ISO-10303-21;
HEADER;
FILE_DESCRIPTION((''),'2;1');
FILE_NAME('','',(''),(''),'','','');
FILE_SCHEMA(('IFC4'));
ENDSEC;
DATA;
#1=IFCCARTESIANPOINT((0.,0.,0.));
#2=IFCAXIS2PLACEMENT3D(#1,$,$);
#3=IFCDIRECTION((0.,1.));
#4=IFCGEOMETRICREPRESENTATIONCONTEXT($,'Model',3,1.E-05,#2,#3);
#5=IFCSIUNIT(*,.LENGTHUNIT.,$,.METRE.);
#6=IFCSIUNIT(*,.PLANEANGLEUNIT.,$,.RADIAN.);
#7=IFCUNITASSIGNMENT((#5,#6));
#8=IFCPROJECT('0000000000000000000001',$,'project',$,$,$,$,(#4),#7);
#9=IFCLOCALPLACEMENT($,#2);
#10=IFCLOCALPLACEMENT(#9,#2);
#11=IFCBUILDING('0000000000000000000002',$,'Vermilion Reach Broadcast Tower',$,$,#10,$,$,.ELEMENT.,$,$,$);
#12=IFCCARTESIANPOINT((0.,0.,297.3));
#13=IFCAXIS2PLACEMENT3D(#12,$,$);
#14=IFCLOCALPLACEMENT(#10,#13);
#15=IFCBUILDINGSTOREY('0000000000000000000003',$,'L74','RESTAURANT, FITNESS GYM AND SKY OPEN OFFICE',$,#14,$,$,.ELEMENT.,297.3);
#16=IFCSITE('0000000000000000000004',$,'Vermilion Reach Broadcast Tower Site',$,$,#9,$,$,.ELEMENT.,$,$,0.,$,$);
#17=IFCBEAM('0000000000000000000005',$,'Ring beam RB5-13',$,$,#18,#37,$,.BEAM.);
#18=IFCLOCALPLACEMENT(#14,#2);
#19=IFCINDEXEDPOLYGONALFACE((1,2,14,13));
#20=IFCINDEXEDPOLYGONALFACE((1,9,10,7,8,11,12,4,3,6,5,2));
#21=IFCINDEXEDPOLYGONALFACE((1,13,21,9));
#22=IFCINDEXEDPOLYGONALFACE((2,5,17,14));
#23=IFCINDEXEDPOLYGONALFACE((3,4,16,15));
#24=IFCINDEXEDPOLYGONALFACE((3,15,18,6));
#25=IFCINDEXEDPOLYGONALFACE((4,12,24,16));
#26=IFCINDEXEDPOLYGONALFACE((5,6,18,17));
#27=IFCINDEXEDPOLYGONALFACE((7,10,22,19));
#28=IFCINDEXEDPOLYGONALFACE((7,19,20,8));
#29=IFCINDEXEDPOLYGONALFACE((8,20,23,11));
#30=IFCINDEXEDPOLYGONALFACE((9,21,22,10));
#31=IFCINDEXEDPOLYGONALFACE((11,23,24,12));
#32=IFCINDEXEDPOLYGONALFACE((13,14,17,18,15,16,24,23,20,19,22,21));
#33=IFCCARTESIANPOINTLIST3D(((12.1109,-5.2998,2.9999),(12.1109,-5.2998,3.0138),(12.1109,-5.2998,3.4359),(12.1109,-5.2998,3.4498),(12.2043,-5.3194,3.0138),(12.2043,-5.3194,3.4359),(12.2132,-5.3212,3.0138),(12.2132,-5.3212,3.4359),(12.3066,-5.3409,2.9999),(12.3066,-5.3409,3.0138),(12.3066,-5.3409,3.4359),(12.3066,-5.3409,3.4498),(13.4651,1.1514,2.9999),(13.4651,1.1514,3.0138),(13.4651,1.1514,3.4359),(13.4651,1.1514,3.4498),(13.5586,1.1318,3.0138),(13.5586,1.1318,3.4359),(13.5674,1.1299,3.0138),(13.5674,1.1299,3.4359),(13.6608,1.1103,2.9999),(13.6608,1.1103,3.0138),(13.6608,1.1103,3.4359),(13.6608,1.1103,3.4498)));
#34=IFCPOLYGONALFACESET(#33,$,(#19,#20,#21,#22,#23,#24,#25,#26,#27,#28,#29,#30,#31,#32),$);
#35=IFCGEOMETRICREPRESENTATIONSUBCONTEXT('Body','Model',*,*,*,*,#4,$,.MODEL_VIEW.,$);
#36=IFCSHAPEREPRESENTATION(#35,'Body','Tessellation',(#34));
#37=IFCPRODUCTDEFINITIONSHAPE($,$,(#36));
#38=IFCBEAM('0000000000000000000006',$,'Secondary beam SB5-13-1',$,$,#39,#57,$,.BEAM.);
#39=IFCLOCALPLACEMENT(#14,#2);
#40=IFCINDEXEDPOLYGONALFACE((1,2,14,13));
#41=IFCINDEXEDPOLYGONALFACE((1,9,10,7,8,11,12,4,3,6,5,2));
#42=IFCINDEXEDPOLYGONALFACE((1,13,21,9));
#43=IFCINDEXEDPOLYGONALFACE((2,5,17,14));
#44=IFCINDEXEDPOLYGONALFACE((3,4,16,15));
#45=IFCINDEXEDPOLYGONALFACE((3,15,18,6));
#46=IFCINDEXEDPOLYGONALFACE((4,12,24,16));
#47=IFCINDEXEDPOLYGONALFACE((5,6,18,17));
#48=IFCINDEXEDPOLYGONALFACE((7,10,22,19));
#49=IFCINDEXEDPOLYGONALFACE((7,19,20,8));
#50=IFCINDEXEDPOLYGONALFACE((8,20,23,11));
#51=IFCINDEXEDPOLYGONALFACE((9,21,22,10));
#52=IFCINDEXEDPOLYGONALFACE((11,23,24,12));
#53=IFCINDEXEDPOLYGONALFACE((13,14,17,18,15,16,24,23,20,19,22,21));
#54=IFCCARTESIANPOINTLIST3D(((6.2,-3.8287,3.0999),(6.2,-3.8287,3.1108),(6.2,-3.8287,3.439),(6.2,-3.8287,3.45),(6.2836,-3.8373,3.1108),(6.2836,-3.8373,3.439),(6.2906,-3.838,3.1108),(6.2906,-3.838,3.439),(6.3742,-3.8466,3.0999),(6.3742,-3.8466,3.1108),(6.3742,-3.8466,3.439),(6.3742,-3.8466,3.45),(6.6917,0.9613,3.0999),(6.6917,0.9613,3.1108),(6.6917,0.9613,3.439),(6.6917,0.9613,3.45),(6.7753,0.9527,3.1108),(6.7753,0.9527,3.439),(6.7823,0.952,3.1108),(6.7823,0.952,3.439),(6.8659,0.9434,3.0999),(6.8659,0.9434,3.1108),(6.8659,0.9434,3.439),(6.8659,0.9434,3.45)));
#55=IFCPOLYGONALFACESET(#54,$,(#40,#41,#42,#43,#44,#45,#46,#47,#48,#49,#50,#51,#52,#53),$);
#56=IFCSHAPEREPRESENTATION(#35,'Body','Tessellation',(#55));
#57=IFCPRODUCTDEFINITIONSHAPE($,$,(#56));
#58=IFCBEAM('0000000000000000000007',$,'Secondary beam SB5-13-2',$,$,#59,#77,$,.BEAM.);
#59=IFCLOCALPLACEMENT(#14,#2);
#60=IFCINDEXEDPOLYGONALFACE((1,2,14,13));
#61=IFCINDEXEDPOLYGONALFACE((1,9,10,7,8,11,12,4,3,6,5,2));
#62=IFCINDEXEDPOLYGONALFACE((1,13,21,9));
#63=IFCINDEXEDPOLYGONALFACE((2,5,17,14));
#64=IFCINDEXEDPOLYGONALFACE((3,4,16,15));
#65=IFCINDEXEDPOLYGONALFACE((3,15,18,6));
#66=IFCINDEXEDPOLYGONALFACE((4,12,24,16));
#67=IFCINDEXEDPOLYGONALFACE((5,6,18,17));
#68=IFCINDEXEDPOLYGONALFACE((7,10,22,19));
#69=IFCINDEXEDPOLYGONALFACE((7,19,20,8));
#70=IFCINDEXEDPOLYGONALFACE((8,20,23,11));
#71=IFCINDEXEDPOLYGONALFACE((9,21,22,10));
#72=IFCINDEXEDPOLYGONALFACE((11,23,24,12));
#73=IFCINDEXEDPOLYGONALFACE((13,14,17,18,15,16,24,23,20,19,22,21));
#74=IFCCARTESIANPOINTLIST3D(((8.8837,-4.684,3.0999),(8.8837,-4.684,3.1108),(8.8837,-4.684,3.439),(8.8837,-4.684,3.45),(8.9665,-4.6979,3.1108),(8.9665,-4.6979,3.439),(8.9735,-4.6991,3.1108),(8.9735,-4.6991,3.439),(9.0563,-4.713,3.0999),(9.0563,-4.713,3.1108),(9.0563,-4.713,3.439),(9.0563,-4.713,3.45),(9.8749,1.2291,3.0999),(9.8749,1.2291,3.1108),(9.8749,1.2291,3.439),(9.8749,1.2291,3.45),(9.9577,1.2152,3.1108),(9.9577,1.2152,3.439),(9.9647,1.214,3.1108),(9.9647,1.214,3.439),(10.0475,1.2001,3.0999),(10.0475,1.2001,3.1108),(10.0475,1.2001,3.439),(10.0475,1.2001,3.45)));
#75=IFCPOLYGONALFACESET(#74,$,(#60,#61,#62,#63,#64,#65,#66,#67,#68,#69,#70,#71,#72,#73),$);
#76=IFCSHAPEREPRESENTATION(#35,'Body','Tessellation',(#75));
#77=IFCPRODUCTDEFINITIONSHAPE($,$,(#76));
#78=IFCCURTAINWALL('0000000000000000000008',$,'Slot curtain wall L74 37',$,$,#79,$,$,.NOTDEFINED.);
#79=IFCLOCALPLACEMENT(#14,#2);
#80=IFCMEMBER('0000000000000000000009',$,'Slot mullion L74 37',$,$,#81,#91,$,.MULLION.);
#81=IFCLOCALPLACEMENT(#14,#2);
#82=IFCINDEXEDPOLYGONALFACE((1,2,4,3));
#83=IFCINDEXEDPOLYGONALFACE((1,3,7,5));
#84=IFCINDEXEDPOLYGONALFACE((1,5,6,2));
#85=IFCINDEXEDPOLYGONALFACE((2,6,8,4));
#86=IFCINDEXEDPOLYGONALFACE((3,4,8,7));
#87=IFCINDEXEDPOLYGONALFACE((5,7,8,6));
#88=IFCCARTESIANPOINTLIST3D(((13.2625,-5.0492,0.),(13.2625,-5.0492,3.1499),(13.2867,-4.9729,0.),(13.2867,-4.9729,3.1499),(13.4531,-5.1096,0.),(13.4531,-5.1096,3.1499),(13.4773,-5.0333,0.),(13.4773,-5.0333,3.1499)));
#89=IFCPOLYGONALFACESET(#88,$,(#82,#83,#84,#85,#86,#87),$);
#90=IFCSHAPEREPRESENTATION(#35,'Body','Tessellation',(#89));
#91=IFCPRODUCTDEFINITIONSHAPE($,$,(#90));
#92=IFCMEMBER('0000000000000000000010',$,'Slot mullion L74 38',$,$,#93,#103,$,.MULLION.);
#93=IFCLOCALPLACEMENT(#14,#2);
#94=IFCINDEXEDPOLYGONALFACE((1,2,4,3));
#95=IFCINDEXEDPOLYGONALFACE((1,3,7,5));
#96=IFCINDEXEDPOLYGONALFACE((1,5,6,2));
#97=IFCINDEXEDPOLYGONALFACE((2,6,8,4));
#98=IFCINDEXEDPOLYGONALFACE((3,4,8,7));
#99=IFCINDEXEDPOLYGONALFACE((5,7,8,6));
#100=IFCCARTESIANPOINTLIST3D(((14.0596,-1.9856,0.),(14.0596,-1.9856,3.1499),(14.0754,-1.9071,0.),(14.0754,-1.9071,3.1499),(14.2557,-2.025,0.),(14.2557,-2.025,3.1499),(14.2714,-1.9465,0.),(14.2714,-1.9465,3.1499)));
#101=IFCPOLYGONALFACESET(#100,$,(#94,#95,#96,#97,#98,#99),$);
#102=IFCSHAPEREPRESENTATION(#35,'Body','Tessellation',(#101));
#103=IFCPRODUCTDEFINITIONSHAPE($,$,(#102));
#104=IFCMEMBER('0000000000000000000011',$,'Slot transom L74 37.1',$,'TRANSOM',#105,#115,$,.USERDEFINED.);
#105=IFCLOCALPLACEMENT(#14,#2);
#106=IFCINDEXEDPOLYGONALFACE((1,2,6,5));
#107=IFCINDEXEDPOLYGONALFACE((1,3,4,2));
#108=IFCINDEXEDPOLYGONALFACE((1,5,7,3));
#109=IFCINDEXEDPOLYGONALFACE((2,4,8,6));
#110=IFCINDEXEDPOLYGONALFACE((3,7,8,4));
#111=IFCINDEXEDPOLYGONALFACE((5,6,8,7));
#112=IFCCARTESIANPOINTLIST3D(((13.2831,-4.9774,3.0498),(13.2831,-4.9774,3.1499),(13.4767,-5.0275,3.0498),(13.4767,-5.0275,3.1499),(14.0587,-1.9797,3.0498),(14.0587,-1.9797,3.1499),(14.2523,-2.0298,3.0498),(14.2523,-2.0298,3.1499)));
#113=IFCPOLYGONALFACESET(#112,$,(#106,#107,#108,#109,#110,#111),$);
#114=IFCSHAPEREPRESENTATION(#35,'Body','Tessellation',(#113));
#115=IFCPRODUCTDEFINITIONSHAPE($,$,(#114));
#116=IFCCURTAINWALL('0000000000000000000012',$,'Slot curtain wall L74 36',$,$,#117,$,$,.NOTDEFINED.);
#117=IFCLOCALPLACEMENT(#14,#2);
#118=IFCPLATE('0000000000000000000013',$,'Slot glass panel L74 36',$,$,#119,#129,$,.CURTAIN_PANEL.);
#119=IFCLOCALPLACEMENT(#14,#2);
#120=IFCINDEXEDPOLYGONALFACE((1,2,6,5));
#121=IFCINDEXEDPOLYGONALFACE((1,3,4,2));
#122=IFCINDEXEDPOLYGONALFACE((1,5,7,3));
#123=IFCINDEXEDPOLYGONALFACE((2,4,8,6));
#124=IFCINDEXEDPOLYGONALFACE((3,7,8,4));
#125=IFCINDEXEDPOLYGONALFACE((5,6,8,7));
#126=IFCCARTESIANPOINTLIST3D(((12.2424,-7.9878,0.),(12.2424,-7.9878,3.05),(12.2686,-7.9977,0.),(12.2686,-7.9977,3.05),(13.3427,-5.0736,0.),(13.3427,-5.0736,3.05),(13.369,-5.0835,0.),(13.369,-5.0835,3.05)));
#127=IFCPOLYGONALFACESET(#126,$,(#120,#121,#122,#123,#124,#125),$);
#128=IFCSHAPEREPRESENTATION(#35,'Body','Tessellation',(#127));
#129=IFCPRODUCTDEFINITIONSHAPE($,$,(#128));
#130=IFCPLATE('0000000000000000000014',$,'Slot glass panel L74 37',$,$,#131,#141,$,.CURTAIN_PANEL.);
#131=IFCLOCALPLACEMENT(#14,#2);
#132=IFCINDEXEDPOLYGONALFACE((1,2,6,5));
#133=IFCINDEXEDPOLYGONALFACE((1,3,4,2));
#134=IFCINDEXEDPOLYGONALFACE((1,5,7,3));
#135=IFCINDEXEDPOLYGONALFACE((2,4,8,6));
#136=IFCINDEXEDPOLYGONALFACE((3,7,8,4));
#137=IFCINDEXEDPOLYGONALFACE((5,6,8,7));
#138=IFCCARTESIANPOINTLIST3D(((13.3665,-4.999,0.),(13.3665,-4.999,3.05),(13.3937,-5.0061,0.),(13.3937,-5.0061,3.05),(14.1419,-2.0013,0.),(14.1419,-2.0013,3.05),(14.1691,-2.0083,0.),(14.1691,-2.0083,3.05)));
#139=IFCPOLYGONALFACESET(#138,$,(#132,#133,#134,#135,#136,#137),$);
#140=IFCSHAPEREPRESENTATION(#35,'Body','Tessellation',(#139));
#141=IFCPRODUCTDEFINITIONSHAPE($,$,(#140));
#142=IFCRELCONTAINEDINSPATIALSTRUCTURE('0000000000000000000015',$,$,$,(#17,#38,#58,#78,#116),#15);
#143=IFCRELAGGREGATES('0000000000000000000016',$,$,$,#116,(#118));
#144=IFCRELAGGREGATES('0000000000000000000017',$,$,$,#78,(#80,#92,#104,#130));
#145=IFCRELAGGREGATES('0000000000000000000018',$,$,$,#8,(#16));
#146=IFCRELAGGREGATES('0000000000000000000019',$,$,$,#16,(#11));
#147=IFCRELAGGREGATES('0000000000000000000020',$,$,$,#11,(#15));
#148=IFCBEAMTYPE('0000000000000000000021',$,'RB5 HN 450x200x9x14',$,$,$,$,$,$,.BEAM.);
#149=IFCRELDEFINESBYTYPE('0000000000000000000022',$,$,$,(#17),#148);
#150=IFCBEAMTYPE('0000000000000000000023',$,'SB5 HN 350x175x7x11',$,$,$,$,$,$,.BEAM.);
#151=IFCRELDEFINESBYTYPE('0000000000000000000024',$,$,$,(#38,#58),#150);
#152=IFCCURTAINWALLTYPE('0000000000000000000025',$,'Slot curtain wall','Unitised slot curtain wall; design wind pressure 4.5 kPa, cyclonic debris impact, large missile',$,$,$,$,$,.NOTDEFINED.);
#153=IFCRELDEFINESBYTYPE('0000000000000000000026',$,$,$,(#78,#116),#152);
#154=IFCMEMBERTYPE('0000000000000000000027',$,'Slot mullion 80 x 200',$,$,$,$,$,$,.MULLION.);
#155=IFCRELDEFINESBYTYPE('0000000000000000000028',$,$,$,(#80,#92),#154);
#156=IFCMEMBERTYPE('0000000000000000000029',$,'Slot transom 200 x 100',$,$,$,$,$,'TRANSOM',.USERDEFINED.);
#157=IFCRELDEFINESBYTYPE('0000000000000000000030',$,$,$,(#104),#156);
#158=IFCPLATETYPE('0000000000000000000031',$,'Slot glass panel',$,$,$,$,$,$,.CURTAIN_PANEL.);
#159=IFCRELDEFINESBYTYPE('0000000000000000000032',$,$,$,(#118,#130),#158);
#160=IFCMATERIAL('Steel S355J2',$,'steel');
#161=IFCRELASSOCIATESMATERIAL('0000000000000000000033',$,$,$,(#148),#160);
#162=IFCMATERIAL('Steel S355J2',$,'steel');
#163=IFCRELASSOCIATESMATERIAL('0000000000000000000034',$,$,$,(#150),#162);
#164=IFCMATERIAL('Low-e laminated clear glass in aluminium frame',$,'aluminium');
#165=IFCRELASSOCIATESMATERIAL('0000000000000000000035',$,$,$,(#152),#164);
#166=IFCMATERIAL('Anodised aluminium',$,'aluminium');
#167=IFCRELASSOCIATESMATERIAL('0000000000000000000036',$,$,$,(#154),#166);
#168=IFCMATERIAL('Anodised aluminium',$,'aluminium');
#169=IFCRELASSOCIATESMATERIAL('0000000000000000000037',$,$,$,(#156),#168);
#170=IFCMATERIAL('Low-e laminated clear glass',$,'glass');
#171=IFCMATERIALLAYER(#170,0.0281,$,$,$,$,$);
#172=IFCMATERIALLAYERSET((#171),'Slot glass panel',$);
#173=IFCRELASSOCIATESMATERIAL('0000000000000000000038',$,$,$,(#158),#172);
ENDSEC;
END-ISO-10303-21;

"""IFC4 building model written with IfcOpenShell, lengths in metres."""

from ifc_helpers import new_model, si_unit, direction, frame, origin, origin_2d, place, context, subcontext, project, spatial, rectangle, i_section, extrude, material, layer, layer_set, material_profile, profile_set, type_object, element, aggregate, save


model = new_model("IFC4")

# Units and contexts
model_context = context("Model", 3, precision=1e-05, world=origin(), true_north=direction((0.0, 1.0)))
body_context = subcontext(model_context, "Body", "Model", "MODEL_VIEW")
ifc_project = project(units=[si_unit("LENGTHUNIT", "METRE"), si_unit("PLANEANGLEUNIT", "RADIAN")], contexts=[model_context])

# Site, building, storey
site_placement = place(None, origin())
site = spatial("IfcSite", under=ifc_project, at=site_placement, Name="Vermilion Reach Broadcast Tower Site", CompositionType="ELEMENT", RefElevation=0.0)
building_placement = place(site_placement, origin())
building = spatial("IfcBuilding", under=site, at=building_placement, Name="Vermilion Reach Broadcast Tower", CompositionType="ELEMENT")
storey_placement = place(building_placement, frame((0.0, 0.0, 297.3)))
storey = spatial("IfcBuildingStorey", under=building, at=storey_placement, Name="L74", Description="RESTAURANT, FITNESS GYM AND SKY OPEN OFFICE", CompositionType="ELEMENT", Elevation=297.3)

# Beams
ifc_material_1 = material(Name="Steel S355J2", Category="steel")
ifc_material_profile_1 = material_profile(ifc_material_1, i_section(OverallWidth=0.2, OverallDepth=0.45, WebThickness=0.009, FlangeThickness=0.0139, at=origin_2d()), Name="S355J2 HN 450x200x9x14")
ifc_profile_set_1 = profile_set([ifc_material_profile_1], Name="Steel S355J2")
beam_type_1 = type_object("IfcBeamType", Name="RB5 HN 450x200x9x14", PredefinedType="BEAM", material=ifc_profile_set_1)
beam_1_placement = place(storey_placement, frame((12.2087, -5.3203, 3.2249), z_axis=(0.205445, 0.978669, 0.0), x_axis=(-0.978669, 0.205445, 0.0)))
element("IfcBeam", 1, at=beam_1_placement, inside=storey, type_object=beam_type_1, Name="Ring beam RB5-13", PredefinedType="BEAM", context=body_context, shape_type="SweptSolid", body=[
    extrude(i_section(OverallWidth=0.2, OverallDepth=0.45, WebThickness=0.009, FlangeThickness=0.0139, at=origin_2d()), origin(), (0.0, 0.0, 1.0), 6.5918),
])
ifc_material_2 = material(Name="Steel S355J2", Category="steel")
ifc_material_profile_2 = material_profile(ifc_material_2, i_section(OverallWidth=0.175, OverallDepth=0.3501, WebThickness=0.0071, FlangeThickness=0.011, at=origin_2d()), Name="S355J2 HN 350x175x7x11")
ifc_profile_set_2 = profile_set([ifc_material_profile_2], Name="Steel S355J2")
beam_type_2 = type_object("IfcBeamType", Name="SB5 HN 350x175x7x11", PredefinedType="BEAM", material=ifc_profile_set_2)
beam_2_placement = place(storey_placement, frame((6.2871, -3.8376, 3.2749), z_axis=(0.102114, 0.994773, 0.0), x_axis=(-0.994773, 0.102114, 0.0)))
element("IfcBeam", 2, at=beam_2_placement, inside=storey, type_object=beam_type_2, Name="Secondary beam SB5-13-1", PredefinedType="BEAM", context=body_context, shape_type="SweptSolid", body=[
    extrude(i_section(OverallWidth=0.175, OverallDepth=0.3501, WebThickness=0.0071, FlangeThickness=0.011, at=origin_2d()), origin(), (0.0, 0.0, 1.0), 4.8152),
])
beam_3_placement = place(storey_placement, frame((8.97, -4.6985, 3.2749), z_axis=(0.165323, 0.986239, 0.0), x_axis=(-0.986239, 0.165323, 0.0)))
element("IfcBeam", 3, at=beam_3_placement, inside=storey, type_object=beam_type_2, Name="Secondary beam SB5-13-2", PredefinedType="BEAM", context=body_context, shape_type="SweptSolid", body=[
    extrude(i_section(OverallWidth=0.175, OverallDepth=0.3501, WebThickness=0.0071, FlangeThickness=0.011, at=origin_2d()), origin(), (0.0, 0.0, 1.0), 5.9956),
])

# Curtain wall, members
ifc_material_3 = material(Name="Low-e laminated clear glass in aluminium frame", Category="aluminium")
curtain_wall_type = type_object("IfcCurtainWallType", Name="Slot curtain wall", Description="Unitised slot curtain wall; design wind pressure 4.5 kPa, cyclonic debris impact, large missile", PredefinedType="NOTDEFINED", material=ifc_material_3)
placement = place(storey_placement, origin())
curtain_wall_1 = element("IfcCurtainWall", 4, at=placement, inside=storey, type_object=curtain_wall_type, Name="Slot curtain wall L74 37", PredefinedType="NOTDEFINED")
ifc_material_4 = material(Name="Anodised aluminium", Category="aluminium")
ifc_material_profile_3 = material_profile(ifc_material_4, rectangle(XDim=0.2, YDim=0.0801, at=origin_2d()), Name="Slot mullion 80 x 200")
ifc_profile_set_3 = profile_set([ifc_material_profile_3], Name="Anodised aluminium")
member_type_1 = type_object("IfcMemberType", Name="Slot mullion 80 x 200", PredefinedType="MULLION", material=ifc_profile_set_3)
member_1_placement = place(storey_placement, frame((13.3699, -5.0413, 0.0), z_axis=(0.0, 0.0, 1.0), x_axis=(-0.953222, 0.302271, 0.0)))
member_1 = element("IfcMember", 5, at=member_1_placement, type_object=member_type_1, Name="Slot mullion L74 37", PredefinedType="MULLION", context=body_context, shape_type="SweptSolid", body=[
    extrude(rectangle(XDim=0.2, YDim=0.0801, at=origin_2d()), origin(), (0.0, 0.0, 1.0), 3.1499),
])
member_2_placement = place(storey_placement, frame((14.1655, -1.9661, 0.0), z_axis=(0.0, 0.0, 1.0), x_axis=(-0.980412, 0.196956, 0.0)))
member_2 = element("IfcMember", 6, at=member_2_placement, type_object=member_type_1, Name="Slot mullion L74 38", PredefinedType="MULLION", context=body_context, shape_type="SweptSolid", body=[
    extrude(rectangle(XDim=0.2, YDim=0.0801, at=origin_2d()), origin(), (0.0, 0.0, 1.0), 3.1499),
])
ifc_material_5 = material(Name="Anodised aluminium", Category="aluminium")
ifc_material_profile_4 = material_profile(ifc_material_5, rectangle(XDim=0.2, YDim=0.1001, at=origin_2d()), Name="Slot transom 200 x 100")
ifc_profile_set_4 = profile_set([ifc_material_profile_4], Name="Anodised aluminium")
member_type_2 = type_object("IfcMemberType", Name="Slot transom 200 x 100", ElementType="TRANSOM", PredefinedType="USERDEFINED", material=ifc_profile_set_4)
member_3_placement = place(storey_placement, frame((13.3799, -5.0024, 3.0999), z_axis=(0.250486, 0.96812, 0.0), x_axis=(-0.96812, 0.250486, 0.0)))
member_3 = element("IfcMember", 7, at=member_3_placement, type_object=member_type_2, Name="Slot transom L74 37.1", ObjectType="TRANSOM", PredefinedType="USERDEFINED", context=body_context, shape_type="SweptSolid", body=[
    extrude(rectangle(XDim=0.2, YDim=0.1001, at=origin_2d()), origin(), (0.0, 0.0, 1.0), 3.0964),
])

# Curtain wall, plate
curtain_wall_2 = element("IfcCurtainWall", 8, at=placement, inside=storey, type_object=curtain_wall_type, Name="Slot curtain wall L74 36", PredefinedType="NOTDEFINED")
ifc_material_6 = material(Name="Low-e laminated clear glass", Category="glass")
ifc_layer_1 = layer(ifc_material_6, 0.0281)
ifc_layer_set_1 = layer_set([ifc_layer_1], Name="Slot glass panel")
plate_type = type_object("IfcPlateType", Name="Slot glass panel", PredefinedType="CURTAIN_PANEL", material=ifc_layer_set_1)
plate_1_placement = place(storey_placement, frame((12.8057, -6.5356, 0.0), z_axis=(0.0, 0.0, 1.0), x_axis=(0.353241, 0.935532, 0.0)))
plate_1 = element("IfcPlate", 9, at=plate_1_placement, type_object=plate_type, Name="Slot glass panel L74 36", PredefinedType="CURTAIN_PANEL", context=body_context, shape_type="SweptSolid", body=[
    extrude(rectangle(XDim=3.115, YDim=0.0281, at=origin_2d()), origin(), (0.0, 0.0, 1.0), 3.05),
])
aggregate(curtain_wall_2, [plate_1])

# Plate
plate_2_placement = place(storey_placement, frame((13.7678, -3.5037, 0.0), z_axis=(0.0, 0.0, 1.0), x_axis=(0.250422, 0.968137, 0.0)))
plate_2 = element("IfcPlate", 10, at=plate_2_placement, type_object=plate_type, Name="Slot glass panel L74 37", PredefinedType="CURTAIN_PANEL", context=body_context, shape_type="SweptSolid", body=[
    extrude(rectangle(XDim=3.0964, YDim=0.0281, at=origin_2d()), origin(), (0.0, 0.0, 1.0), 3.05),
])
aggregate(curtain_wall_1, [member_1, member_2, member_3, plate_2])

save(model, "model.ifc")
